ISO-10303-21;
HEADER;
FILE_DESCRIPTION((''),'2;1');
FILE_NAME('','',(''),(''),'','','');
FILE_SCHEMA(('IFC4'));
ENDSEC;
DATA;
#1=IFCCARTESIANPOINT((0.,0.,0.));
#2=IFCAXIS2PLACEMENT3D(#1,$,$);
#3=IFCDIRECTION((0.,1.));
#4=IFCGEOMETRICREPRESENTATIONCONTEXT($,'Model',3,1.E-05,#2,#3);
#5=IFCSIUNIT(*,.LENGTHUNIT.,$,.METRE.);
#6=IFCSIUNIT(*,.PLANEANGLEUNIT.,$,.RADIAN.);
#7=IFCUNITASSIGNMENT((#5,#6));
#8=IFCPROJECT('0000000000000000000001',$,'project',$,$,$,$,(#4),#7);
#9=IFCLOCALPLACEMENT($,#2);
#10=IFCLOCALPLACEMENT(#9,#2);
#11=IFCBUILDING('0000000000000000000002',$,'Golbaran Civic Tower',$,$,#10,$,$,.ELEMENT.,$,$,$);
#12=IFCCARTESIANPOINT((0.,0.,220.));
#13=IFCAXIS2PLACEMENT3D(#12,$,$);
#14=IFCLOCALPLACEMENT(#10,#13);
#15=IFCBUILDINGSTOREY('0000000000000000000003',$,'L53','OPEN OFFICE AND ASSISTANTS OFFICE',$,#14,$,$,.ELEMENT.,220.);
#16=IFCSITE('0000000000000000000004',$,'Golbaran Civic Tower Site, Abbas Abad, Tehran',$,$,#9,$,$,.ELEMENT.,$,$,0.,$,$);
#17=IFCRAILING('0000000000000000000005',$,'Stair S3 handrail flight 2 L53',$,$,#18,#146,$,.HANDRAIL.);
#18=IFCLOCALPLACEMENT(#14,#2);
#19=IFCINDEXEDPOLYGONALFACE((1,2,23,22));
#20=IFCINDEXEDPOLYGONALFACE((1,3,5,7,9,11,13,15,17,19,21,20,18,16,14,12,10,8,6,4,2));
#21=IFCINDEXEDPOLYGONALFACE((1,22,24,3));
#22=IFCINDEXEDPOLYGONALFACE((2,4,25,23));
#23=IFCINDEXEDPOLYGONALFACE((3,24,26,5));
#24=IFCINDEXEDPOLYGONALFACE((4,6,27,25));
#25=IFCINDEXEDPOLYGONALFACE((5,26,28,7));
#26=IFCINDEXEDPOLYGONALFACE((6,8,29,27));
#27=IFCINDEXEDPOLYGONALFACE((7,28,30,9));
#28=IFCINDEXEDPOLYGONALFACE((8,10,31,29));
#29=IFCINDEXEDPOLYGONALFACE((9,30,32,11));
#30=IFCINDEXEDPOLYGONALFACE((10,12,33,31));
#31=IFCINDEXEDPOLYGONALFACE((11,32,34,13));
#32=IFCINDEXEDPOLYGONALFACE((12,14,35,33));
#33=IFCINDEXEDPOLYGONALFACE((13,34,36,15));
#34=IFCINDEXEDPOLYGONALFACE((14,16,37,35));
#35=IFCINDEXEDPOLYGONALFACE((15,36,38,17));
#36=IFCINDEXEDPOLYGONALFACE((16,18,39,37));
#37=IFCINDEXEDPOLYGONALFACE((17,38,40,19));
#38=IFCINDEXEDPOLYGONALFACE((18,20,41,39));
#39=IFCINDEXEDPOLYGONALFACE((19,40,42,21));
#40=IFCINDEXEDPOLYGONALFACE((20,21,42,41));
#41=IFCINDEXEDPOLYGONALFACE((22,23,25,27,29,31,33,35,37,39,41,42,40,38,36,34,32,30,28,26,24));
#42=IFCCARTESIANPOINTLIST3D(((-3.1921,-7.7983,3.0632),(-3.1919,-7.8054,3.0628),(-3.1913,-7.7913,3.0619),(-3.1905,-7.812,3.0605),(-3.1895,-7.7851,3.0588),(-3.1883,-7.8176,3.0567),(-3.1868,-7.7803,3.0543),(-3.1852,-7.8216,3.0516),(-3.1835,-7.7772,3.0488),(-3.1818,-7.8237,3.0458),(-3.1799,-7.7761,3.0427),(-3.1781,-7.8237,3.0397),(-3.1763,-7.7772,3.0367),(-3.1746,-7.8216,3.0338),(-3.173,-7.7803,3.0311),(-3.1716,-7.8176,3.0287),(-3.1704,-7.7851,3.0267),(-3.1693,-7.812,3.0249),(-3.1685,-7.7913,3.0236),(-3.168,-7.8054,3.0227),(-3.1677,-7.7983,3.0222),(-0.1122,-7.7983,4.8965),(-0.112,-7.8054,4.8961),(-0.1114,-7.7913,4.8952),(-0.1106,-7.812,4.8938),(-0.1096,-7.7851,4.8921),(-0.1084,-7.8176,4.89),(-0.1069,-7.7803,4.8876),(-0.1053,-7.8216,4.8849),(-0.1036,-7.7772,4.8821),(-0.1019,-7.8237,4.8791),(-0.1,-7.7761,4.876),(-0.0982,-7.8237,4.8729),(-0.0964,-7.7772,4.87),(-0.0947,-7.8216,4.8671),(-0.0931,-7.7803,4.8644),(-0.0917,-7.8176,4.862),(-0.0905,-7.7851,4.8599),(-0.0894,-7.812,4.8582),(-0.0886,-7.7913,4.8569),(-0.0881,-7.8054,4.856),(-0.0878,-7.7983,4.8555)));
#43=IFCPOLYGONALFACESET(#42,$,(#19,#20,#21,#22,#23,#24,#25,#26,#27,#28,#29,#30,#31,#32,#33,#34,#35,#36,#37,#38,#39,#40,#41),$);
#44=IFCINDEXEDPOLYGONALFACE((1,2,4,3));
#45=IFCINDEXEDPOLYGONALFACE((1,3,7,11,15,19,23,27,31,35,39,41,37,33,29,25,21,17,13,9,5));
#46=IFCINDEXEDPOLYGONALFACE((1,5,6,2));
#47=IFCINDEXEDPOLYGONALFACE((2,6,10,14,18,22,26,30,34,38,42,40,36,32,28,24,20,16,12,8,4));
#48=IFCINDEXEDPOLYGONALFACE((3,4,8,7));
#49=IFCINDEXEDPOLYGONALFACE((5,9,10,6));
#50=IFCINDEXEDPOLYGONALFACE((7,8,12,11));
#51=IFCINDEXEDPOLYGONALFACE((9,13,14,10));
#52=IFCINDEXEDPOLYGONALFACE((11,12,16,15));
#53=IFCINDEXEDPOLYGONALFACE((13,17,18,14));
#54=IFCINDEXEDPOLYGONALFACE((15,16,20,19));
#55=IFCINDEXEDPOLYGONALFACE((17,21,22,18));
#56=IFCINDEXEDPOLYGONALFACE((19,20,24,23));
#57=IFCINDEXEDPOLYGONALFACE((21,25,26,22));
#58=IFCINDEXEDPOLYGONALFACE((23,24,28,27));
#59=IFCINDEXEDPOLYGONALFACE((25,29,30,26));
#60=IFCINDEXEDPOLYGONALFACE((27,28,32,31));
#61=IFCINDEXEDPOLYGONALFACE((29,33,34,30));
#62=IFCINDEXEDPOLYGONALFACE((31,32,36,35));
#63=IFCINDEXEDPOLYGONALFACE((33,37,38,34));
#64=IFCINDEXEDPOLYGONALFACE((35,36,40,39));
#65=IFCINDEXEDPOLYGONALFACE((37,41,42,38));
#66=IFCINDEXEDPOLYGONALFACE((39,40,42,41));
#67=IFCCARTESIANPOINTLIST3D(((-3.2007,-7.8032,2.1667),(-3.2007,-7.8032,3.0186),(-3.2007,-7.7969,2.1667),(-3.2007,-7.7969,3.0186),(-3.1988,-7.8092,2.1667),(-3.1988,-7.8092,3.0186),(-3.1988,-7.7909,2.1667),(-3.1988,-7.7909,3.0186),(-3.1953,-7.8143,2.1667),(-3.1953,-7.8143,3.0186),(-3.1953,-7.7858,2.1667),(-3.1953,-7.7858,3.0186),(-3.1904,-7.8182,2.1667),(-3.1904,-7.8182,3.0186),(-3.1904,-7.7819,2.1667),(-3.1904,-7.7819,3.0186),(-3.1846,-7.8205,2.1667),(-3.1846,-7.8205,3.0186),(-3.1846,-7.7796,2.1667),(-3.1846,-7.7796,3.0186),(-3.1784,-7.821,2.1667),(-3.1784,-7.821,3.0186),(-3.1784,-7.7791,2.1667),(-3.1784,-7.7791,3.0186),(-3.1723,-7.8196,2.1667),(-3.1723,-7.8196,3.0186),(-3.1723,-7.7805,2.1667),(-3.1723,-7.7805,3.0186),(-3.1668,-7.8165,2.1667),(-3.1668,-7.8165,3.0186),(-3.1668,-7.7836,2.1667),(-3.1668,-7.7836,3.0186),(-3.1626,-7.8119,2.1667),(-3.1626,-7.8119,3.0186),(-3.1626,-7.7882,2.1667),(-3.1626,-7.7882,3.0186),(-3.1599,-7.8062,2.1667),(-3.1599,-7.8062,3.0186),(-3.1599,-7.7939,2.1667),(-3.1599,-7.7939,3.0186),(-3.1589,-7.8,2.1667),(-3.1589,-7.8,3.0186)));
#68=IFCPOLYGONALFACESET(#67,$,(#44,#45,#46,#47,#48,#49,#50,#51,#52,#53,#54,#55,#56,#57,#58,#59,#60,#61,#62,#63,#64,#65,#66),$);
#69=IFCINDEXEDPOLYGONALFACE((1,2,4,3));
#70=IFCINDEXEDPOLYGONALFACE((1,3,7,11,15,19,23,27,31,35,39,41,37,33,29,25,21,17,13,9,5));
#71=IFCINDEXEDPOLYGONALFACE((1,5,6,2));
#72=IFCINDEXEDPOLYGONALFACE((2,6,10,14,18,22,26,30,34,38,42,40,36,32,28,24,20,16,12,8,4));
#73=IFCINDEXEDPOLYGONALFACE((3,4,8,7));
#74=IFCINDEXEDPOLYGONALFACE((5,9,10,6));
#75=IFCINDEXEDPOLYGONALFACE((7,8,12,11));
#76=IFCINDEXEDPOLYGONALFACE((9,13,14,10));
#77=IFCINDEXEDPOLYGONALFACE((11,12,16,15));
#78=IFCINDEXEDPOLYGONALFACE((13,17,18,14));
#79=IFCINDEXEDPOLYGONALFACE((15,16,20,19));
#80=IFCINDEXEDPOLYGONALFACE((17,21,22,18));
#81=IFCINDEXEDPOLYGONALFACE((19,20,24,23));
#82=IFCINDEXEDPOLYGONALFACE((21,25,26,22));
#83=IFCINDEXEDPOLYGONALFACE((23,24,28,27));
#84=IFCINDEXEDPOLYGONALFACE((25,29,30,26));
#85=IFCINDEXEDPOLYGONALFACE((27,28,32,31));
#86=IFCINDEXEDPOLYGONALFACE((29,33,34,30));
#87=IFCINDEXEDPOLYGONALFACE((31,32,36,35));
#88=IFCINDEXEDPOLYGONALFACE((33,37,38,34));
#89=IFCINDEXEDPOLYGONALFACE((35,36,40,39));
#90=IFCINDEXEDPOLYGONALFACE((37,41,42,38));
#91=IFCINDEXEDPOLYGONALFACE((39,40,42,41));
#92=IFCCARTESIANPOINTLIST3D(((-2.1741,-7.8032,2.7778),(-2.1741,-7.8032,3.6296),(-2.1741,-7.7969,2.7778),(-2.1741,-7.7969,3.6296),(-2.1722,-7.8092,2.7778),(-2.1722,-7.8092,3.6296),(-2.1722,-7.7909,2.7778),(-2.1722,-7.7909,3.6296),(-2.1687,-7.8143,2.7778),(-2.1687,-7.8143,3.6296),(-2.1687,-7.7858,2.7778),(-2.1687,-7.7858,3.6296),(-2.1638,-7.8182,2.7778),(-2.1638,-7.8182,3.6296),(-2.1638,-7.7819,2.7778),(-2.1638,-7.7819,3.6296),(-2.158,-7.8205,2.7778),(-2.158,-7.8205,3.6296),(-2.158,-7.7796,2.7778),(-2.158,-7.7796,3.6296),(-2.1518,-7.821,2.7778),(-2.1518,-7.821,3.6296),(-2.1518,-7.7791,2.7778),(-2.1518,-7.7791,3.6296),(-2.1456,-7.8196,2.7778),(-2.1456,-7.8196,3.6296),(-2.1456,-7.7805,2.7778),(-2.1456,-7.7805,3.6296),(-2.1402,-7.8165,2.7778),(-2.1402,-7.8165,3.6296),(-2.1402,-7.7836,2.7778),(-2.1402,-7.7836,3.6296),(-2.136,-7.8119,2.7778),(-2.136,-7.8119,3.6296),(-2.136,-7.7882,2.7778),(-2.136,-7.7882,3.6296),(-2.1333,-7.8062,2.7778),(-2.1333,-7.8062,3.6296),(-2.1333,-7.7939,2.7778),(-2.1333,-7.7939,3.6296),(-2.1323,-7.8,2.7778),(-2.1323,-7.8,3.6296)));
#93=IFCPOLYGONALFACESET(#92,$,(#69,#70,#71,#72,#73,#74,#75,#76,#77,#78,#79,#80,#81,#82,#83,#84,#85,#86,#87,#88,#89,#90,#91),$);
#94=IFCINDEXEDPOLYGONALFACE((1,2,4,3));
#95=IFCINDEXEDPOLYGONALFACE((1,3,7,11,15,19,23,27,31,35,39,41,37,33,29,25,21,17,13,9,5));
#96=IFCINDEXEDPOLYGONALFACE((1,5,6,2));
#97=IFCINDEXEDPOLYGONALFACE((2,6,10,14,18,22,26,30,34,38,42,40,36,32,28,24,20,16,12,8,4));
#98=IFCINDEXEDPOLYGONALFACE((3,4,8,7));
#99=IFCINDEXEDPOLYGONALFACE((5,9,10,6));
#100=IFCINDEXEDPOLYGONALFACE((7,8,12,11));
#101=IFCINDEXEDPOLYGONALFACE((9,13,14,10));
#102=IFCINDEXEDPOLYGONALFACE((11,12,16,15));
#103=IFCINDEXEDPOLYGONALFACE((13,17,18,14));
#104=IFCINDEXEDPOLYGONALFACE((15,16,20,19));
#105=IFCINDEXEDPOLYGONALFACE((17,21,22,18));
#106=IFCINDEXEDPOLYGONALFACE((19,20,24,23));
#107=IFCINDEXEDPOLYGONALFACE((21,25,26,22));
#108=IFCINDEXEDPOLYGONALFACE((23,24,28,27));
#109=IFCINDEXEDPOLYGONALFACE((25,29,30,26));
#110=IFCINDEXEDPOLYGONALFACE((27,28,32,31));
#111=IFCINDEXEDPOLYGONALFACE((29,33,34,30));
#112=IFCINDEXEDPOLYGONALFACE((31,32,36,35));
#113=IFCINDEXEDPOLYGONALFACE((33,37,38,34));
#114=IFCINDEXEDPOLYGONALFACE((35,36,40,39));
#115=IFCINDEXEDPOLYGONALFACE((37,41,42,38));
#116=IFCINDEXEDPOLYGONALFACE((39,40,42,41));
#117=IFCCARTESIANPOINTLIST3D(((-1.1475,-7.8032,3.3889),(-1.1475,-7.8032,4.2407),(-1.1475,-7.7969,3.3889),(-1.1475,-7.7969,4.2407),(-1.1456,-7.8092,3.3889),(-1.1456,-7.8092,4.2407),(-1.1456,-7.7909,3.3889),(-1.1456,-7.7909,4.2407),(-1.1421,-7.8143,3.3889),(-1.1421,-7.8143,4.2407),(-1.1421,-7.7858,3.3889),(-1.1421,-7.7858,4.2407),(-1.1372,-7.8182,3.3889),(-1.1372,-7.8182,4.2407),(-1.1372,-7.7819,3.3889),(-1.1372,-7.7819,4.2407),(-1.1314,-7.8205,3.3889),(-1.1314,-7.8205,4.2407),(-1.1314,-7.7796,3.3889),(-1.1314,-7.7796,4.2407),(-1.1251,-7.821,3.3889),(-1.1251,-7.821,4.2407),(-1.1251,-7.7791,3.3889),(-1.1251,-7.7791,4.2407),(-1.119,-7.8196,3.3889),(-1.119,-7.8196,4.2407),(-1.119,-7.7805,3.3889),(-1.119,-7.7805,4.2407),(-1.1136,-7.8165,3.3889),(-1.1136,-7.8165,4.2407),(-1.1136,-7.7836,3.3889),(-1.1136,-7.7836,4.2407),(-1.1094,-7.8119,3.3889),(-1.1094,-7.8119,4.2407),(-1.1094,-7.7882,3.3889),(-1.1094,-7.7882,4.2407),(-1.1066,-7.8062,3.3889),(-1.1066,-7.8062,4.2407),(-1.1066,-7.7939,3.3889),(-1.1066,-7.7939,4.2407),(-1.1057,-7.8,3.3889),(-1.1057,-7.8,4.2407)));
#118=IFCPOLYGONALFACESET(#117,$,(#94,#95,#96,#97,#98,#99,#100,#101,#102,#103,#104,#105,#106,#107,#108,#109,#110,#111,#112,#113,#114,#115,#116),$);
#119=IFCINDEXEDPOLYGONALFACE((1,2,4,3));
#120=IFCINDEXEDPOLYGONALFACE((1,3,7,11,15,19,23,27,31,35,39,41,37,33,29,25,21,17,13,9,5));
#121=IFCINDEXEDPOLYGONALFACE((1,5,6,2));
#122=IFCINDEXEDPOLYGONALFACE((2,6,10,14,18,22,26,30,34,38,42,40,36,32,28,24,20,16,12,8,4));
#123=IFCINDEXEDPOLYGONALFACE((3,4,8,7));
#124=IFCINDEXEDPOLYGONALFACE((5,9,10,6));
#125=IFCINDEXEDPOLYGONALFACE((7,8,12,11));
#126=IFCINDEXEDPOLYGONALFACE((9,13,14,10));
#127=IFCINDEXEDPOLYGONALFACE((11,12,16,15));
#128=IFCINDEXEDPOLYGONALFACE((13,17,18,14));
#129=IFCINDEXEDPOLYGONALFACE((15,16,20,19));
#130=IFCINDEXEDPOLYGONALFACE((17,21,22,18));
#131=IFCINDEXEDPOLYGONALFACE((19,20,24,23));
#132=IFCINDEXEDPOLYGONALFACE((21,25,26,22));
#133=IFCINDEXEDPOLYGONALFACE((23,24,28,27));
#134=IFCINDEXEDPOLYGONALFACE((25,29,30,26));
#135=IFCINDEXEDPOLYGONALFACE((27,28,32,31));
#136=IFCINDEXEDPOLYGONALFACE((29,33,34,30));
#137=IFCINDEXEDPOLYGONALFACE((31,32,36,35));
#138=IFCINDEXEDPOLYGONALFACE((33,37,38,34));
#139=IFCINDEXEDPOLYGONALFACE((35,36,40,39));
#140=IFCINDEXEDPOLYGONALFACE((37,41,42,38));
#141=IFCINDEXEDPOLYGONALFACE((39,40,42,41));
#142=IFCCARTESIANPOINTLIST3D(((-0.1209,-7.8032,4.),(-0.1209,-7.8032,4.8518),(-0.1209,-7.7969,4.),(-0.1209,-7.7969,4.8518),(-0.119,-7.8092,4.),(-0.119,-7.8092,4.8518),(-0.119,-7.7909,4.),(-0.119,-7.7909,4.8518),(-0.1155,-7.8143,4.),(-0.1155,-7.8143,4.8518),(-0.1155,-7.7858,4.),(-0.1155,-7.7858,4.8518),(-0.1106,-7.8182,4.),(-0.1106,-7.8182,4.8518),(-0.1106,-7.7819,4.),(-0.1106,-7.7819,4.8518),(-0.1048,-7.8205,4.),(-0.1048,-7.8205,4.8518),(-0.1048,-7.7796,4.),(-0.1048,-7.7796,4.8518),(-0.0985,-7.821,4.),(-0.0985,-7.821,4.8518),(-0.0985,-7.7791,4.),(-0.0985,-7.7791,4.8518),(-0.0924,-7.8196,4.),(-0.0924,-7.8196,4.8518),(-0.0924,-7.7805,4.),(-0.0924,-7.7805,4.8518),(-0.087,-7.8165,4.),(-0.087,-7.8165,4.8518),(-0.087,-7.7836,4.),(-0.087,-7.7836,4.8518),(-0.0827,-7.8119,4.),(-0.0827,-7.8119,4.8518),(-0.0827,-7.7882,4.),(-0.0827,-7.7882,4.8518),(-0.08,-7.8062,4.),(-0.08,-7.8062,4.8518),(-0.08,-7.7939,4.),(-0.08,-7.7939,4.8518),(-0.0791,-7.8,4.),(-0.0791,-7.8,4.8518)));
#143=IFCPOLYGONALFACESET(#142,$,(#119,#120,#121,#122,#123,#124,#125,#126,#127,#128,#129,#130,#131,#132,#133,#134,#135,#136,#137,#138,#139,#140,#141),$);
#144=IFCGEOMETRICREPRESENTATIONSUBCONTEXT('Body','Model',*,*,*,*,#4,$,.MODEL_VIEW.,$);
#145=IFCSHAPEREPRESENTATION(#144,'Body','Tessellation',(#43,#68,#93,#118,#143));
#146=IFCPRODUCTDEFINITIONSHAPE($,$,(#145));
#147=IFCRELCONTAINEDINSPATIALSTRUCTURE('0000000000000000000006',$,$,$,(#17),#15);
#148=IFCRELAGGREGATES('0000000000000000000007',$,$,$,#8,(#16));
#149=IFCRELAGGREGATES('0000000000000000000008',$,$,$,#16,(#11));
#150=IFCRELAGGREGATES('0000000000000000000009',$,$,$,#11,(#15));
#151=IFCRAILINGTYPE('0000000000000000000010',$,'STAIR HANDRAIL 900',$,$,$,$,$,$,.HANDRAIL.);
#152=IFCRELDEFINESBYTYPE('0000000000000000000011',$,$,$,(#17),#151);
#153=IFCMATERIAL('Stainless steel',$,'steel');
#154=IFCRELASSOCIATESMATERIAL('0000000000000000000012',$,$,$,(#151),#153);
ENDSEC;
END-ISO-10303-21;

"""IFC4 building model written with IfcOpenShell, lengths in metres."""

from ifc_helpers import new_model, si_unit, direction, frame, origin, origin_2d, place, context, subcontext, project, spatial, circle, extrude, material, type_object, element, save


model = new_model("IFC4")

# Units and contexts
model_context = context("Model", 3, precision=1e-05, world=origin(), true_north=direction((0.0, 1.0)))
body_context = subcontext(model_context, "Body", "Model", "MODEL_VIEW")
ifc_project = project(units=[si_unit("LENGTHUNIT", "METRE"), si_unit("PLANEANGLEUNIT", "RADIAN")], contexts=[model_context])

# Site, building, storey
site_placement = place(None, origin())
site = spatial("IfcSite", under=ifc_project, at=site_placement, Name="Golbaran Civic Tower Site, Abbas Abad, Tehran", CompositionType="ELEMENT", RefElevation=0.0)
building_placement = place(site_placement, origin())
building = spatial("IfcBuilding", under=site, at=building_placement, Name="Golbaran Civic Tower", CompositionType="ELEMENT")
storey_placement = place(building_placement, frame((0.0, 0.0, 220.0)))
storey = spatial("IfcBuildingStorey", under=building, at=storey_placement, Name="L53", Description="OPEN OFFICE AND ASSISTANTS OFFICE", CompositionType="ELEMENT", Elevation=220.0)

# Shared definitions
ifc_material_1 = material(Name="Stainless steel", Category="steel")

# Railing
railing_type = type_object("IfcRailingType", Name="STAIR HANDRAIL 900", PredefinedType="HANDRAIL", material=ifc_material_1)
railing_1_placement = place(storey_placement, frame((-3.1799, -7.8, 2.1667)))
element("IfcRailing", 1, at=railing_1_placement, inside=storey, type_object=railing_type, Name="Stair S3 handrail flight 2 L53", PredefinedType="HANDRAIL", context=body_context, shape_type="SweptSolid", body=[
    extrude(circle(Radius=0.0239, at=origin_2d()), frame((0.0, 0.0, 0.876), z_axis=(0.859291, 0.0, 0.511487), x_axis=(0.0, 1.0, 0.0)), (0.0, 0.0, 1.0), 3.5842),
    extrude(circle(Radius=0.021, at=origin_2d()), origin(), (0.0, 0.0, 1.0), 0.8518),
    extrude(circle(Radius=0.021, at=origin_2d()), frame((1.0266, 0.0, 0.6111)), (0.0, 0.0, 1.0), 0.8518),
    extrude(circle(Radius=0.021, at=origin_2d()), frame((2.0532, 0.0, 1.2222)), (0.0, 0.0, 1.0), 0.8518),
    extrude(circle(Radius=0.021, at=origin_2d()), frame((3.0798, 0.0, 1.8333)), (0.0, 0.0, 1.0), 0.8518),
])

save(model, "model.ifc")
